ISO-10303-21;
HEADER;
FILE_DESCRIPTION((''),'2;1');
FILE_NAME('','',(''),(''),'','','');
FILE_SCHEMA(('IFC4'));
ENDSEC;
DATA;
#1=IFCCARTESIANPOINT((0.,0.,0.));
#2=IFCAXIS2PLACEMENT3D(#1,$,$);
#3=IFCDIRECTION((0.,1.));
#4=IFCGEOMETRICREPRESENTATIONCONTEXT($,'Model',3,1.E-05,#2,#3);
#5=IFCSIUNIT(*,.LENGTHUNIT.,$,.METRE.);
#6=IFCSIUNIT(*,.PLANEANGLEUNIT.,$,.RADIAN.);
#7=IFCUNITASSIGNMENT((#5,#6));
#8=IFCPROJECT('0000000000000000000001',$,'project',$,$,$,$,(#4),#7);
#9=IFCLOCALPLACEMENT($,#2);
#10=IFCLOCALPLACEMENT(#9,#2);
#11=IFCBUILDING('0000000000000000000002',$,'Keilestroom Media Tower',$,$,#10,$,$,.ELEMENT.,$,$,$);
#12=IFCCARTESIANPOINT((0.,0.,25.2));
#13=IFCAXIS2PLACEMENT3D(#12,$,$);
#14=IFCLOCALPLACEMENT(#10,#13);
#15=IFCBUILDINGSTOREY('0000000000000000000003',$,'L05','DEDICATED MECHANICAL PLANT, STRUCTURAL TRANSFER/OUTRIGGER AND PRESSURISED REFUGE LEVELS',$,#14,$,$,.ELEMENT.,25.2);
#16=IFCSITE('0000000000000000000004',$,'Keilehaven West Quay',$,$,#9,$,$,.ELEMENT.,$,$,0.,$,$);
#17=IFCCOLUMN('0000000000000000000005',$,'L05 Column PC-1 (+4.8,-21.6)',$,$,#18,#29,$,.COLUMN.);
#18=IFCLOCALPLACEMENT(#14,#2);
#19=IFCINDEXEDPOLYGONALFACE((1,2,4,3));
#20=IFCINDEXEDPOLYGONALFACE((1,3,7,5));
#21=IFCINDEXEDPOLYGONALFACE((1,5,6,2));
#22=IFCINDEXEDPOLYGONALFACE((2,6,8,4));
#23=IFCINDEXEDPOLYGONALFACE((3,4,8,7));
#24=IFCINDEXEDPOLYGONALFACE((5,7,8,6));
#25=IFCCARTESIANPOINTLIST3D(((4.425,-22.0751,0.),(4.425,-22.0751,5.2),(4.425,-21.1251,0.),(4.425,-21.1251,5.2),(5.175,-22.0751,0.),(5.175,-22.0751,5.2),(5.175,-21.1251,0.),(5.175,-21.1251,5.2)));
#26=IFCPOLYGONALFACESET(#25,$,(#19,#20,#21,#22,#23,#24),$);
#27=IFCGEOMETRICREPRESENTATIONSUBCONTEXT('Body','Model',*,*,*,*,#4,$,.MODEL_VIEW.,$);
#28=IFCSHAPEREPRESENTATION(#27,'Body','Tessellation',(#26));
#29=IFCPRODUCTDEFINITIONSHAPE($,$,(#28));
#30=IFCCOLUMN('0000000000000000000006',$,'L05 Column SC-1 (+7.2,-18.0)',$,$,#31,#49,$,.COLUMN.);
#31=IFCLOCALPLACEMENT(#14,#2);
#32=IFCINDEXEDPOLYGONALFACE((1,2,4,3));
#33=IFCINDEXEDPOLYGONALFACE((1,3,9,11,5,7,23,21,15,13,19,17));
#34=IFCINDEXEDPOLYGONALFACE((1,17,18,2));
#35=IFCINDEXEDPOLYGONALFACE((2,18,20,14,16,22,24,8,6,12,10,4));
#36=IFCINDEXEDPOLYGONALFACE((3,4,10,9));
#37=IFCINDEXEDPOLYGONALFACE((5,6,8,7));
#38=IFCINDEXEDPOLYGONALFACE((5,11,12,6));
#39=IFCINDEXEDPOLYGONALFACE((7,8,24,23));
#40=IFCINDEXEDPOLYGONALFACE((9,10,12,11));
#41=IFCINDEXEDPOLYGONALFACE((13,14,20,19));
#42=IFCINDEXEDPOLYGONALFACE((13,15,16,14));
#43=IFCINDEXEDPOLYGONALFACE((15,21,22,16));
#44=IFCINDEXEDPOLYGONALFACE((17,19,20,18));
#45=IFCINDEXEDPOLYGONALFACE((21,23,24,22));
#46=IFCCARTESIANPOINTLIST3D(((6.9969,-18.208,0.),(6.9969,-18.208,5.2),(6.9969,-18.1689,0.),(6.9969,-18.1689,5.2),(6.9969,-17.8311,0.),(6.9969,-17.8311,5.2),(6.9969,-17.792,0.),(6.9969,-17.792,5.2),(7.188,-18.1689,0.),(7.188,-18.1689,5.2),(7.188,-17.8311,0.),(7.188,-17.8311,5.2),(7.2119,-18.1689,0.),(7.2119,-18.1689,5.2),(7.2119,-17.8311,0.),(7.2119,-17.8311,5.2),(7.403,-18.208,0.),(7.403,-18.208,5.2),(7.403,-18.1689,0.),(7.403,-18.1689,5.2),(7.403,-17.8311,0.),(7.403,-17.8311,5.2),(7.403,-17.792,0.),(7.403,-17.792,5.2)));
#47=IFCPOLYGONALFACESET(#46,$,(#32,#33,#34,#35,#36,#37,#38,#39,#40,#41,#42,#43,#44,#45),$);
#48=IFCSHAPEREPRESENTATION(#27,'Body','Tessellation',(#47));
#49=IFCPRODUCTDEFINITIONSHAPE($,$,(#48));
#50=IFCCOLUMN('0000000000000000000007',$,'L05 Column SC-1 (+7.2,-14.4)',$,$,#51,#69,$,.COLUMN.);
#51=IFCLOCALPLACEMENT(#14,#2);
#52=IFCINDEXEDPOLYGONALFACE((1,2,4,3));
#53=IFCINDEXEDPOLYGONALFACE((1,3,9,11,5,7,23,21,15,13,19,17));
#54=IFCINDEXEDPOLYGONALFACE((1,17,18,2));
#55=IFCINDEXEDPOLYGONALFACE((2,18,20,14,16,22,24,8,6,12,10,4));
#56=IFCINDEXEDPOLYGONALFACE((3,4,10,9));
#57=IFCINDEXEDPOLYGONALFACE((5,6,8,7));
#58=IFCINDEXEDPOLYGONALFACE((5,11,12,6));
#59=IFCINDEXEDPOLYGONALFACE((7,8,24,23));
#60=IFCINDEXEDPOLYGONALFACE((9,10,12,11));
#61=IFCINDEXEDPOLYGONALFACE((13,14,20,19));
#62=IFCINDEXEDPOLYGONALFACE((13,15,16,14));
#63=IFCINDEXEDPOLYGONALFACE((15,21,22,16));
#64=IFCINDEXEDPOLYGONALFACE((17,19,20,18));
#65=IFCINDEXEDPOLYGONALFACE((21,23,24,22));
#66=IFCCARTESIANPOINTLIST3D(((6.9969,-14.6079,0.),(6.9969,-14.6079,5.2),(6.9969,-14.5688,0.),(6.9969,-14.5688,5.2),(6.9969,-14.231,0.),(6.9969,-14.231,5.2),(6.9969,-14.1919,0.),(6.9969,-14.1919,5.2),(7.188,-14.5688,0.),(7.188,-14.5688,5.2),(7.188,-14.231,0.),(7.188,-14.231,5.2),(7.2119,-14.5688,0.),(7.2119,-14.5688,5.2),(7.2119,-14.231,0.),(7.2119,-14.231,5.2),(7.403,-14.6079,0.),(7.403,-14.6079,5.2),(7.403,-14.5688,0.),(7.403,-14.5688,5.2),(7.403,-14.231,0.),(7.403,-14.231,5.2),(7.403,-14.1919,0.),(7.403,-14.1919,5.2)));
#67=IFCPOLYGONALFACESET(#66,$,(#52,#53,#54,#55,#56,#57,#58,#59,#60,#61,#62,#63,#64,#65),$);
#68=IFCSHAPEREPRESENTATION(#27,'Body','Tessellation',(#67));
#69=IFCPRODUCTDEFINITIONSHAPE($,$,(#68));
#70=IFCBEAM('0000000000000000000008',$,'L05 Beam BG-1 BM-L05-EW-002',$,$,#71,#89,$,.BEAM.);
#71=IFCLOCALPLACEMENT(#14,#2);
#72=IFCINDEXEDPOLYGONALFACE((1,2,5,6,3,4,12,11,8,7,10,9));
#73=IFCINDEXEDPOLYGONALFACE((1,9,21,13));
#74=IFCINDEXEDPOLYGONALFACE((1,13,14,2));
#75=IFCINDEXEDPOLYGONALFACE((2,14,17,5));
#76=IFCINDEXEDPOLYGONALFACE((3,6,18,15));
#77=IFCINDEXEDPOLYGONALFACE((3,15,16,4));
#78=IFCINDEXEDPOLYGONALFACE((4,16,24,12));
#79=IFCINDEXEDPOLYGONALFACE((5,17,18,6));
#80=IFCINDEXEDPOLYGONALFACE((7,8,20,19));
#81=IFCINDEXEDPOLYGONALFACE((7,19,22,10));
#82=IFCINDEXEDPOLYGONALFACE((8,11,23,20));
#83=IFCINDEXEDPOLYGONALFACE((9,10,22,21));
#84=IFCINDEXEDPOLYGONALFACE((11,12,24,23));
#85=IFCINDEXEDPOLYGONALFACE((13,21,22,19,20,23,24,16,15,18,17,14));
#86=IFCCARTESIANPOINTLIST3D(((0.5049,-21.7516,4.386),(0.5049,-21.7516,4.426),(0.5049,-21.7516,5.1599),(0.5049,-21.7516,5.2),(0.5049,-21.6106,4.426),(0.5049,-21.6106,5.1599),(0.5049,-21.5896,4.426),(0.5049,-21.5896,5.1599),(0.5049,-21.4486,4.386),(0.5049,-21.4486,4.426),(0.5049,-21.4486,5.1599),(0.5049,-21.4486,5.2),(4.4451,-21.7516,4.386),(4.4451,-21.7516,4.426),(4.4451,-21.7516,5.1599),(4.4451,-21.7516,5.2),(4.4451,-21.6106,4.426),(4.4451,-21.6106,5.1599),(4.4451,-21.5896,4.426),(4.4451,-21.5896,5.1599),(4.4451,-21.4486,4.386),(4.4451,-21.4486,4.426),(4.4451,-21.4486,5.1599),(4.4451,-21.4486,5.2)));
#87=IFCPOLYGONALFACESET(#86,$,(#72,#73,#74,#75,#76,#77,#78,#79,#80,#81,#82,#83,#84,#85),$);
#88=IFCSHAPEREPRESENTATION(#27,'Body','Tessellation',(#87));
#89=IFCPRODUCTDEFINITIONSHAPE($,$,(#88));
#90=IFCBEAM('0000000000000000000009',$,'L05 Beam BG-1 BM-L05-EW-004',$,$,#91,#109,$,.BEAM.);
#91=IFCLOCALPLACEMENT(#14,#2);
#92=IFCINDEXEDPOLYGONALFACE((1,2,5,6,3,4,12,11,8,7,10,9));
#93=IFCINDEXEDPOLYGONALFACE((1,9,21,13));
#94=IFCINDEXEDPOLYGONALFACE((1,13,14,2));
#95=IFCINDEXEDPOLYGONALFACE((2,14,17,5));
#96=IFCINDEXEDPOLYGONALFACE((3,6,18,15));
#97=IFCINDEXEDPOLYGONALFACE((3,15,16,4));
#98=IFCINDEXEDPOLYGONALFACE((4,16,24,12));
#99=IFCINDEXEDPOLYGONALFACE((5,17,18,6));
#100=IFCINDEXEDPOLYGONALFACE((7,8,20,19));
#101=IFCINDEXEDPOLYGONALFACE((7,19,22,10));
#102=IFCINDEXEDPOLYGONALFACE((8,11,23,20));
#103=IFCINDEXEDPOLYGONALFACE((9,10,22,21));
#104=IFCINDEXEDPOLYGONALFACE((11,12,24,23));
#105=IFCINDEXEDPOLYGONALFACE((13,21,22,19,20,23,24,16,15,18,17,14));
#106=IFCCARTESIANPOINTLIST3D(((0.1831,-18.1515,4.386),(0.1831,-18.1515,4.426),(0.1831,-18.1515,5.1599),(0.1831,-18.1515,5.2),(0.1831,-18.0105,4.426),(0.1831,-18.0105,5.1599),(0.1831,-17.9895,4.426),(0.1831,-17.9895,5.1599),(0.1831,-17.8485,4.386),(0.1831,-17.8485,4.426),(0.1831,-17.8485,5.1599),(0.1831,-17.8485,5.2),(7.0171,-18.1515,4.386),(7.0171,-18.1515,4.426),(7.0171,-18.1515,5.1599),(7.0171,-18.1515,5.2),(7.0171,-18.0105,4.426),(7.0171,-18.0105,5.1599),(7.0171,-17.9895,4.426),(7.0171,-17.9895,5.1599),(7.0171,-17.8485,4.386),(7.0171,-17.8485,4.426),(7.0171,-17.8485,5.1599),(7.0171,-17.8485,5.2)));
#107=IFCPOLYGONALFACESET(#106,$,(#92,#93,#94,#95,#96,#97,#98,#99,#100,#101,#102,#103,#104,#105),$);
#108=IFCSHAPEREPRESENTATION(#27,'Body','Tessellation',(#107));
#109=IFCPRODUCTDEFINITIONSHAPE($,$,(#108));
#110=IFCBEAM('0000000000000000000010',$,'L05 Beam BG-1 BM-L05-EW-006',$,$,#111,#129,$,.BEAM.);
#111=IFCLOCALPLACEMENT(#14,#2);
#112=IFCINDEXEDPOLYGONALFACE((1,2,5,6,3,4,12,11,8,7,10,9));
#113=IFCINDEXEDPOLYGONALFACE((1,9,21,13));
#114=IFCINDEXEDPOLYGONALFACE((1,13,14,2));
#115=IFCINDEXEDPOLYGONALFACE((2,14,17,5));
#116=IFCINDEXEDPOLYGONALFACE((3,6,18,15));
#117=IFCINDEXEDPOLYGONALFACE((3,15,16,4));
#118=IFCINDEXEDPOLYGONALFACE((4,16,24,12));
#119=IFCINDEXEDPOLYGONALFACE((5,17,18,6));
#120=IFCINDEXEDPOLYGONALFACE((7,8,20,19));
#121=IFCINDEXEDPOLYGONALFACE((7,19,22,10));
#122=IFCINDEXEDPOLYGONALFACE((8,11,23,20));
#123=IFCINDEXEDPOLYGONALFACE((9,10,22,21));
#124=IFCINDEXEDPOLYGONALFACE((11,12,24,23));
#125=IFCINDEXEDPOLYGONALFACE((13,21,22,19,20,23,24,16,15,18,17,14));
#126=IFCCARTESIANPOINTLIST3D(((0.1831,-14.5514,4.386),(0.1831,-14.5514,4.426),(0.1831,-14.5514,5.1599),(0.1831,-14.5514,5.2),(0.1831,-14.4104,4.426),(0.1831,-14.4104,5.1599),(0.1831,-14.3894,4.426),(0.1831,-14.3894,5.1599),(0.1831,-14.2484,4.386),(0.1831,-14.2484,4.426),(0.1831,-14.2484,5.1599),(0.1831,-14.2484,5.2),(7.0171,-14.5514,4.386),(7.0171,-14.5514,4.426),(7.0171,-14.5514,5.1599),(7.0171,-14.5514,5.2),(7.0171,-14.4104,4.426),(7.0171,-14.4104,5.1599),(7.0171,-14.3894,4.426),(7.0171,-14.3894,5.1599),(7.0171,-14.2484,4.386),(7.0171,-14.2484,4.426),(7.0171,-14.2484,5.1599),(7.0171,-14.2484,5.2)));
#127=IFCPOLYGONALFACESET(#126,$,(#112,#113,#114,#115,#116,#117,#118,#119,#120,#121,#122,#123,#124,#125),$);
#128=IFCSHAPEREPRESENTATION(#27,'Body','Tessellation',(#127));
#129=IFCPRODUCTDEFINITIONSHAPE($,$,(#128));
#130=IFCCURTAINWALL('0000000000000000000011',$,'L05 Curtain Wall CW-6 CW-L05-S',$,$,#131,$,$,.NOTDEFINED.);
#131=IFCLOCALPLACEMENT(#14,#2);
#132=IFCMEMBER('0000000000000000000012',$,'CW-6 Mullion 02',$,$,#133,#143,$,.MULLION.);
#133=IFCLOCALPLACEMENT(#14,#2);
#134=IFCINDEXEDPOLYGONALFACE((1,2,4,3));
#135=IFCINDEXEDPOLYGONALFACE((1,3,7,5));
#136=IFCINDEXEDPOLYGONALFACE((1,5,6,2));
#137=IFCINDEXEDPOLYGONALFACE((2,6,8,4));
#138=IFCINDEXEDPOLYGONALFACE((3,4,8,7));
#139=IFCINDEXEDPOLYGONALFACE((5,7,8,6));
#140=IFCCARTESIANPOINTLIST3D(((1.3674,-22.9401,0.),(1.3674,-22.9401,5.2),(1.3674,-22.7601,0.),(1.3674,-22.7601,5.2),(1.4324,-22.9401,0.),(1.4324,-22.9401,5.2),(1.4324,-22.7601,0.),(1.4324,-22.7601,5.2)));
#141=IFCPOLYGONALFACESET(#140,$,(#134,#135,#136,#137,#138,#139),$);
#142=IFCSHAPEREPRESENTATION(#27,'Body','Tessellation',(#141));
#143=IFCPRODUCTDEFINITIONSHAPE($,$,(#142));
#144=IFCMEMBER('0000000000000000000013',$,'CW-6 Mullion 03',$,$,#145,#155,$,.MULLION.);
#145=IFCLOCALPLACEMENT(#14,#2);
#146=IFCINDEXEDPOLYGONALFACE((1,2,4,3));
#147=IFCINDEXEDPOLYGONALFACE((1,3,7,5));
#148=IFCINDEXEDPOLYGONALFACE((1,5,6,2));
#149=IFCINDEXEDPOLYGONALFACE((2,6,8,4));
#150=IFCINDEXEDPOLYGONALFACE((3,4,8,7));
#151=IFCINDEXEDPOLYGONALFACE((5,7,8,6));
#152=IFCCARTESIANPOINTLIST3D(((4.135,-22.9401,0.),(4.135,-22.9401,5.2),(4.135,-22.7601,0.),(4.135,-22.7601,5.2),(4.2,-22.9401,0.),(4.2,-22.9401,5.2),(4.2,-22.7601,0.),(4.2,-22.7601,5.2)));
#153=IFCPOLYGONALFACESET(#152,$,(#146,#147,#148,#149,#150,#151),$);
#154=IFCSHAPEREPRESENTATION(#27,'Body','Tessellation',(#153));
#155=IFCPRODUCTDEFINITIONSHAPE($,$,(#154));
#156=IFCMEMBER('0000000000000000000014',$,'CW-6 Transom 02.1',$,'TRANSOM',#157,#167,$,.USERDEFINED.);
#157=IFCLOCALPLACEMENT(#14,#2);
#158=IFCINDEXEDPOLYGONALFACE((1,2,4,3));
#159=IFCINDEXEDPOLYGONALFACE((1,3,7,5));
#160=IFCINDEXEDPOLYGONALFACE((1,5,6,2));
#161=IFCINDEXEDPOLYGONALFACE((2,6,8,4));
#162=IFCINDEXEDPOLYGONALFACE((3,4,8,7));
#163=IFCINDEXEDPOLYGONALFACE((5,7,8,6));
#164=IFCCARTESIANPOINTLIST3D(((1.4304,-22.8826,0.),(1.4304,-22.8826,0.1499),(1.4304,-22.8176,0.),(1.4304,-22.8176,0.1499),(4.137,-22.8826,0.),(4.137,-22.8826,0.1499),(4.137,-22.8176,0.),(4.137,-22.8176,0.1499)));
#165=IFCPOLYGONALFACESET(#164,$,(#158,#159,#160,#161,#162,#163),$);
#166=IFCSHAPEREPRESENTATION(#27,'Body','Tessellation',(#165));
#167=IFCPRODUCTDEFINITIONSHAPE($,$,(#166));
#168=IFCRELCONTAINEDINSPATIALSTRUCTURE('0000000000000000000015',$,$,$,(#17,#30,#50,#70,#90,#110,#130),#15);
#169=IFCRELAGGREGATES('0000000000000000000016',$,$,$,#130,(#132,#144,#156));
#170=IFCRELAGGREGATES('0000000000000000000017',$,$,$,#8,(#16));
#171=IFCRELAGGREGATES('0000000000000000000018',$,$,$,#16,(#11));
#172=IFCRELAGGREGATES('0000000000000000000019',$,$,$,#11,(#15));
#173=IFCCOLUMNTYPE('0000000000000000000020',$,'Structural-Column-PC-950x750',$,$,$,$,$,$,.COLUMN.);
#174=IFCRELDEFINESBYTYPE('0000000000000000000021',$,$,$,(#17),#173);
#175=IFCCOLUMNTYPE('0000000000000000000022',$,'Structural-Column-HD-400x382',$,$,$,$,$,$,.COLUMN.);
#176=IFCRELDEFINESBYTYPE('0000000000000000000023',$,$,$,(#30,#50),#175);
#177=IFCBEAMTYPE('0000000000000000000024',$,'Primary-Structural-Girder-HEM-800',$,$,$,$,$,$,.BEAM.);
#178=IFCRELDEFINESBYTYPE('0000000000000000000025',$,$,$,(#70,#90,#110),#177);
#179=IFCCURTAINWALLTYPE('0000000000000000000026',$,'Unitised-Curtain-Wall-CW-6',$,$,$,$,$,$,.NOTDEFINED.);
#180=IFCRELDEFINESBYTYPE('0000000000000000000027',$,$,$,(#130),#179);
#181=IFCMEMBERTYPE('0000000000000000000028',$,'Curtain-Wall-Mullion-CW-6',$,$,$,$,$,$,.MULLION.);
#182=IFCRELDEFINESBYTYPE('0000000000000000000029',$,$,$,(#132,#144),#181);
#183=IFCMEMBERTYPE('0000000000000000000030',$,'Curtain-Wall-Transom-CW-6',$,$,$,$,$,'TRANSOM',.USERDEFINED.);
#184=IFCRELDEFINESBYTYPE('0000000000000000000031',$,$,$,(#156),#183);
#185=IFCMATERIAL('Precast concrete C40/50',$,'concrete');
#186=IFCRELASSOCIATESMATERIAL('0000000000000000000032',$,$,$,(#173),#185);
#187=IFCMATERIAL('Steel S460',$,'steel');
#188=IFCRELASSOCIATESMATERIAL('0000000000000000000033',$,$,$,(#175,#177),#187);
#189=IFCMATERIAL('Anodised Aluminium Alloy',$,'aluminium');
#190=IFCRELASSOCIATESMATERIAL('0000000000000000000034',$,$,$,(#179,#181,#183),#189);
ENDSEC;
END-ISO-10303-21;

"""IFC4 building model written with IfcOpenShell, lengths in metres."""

from ifc_helpers import new_model, si_unit, direction, frame, origin, origin_2d, place, context, subcontext, project, spatial, rectangle, i_section, extrude, source, transform, mapped, material, material_profile, profile_set, type_object, element, aggregate, save


model = new_model("IFC4")

# Units and contexts
model_context = context("Model", 3, precision=1e-05, world=origin(), true_north=direction((0.0, 1.0)))
body_context = subcontext(model_context, "Body", "Model", "MODEL_VIEW")
ifc_project = project(units=[si_unit("LENGTHUNIT", "METRE"), si_unit("PLANEANGLEUNIT", "RADIAN")], contexts=[model_context])

# Site, building, storey
site_placement = place(None, origin())
site = spatial("IfcSite", under=ifc_project, at=site_placement, Name="Keilehaven West Quay", CompositionType="ELEMENT", RefElevation=0.0)
building_placement = place(site_placement, origin())
building = spatial("IfcBuilding", under=site, at=building_placement, Name="Keilestroom Media Tower", CompositionType="ELEMENT")
storey_placement = place(building_placement, frame((0.0, 0.0, 25.2)))
storey = spatial("IfcBuildingStorey", under=building, at=storey_placement, Name="L05", Description="DEDICATED MECHANICAL PLANT, STRUCTURAL TRANSFER/OUTRIGGER AND PRESSURISED REFUGE LEVELS", CompositionType="ELEMENT", Elevation=25.2)

# Columns
ifc_material_1 = material(Name="Precast concrete C40/50", Category="concrete")
ifc_material_profile_1 = material_profile(ifc_material_1, rectangle(XDim=0.75, YDim=0.95, at=origin_2d()), Name="PC 950x750")
ifc_profile_set_1 = profile_set([ifc_material_profile_1], Name="Precast concrete C40/50")
column_type_1 = type_object("IfcColumnType", Name="Structural-Column-PC-950x750", PredefinedType="COLUMN", material=ifc_profile_set_1)
shared_shape_1 = source(origin(), body_context, "Body", "SweptSolid", [
    extrude(rectangle(XDim=0.75, YDim=0.95, at=origin_2d()), origin(), (0.0, 0.0, 1.0), 5.2),
])
column_placement = place(storey_placement, frame((4.8, -21.6001, 0.0), z_axis=(0.0, 0.0, 1.0), x_axis=(1.0, 0.0, 0.0)))
element("IfcColumn", 1, at=column_placement, inside=storey, type_object=column_type_1, Name="L05 Column PC-1 (+4.8,-21.6)", PredefinedType="COLUMN", context=body_context, shape_type="MappedRepresentation", body=[
    mapped(shared_shape_1, transform((0.0, 0.0, 0.0), x_axis=(1.0, 0.0, 0.0), y_axis=(0.0, 1.0, 0.0), z_axis=(0.0, 0.0, 1.0), scale=1.0)),
])
ifc_material_2 = material(Name="Steel S460", Category="steel")
ifc_material_profile_2 = material_profile(ifc_material_2, i_section(OverallWidth=0.406, OverallDepth=0.416, WebThickness=0.0239, FlangeThickness=0.0391, at=origin_2d()), Name="HD 400x382")
ifc_profile_set_2 = profile_set([ifc_material_profile_2], Name="Steel S460")
column_type_2 = type_object("IfcColumnType", Name="Structural-Column-HD-400x382", PredefinedType="COLUMN", material=ifc_profile_set_2)
shared_shape_2 = source(origin(), body_context, "Body", "SweptSolid", [
    extrude(i_section(OverallWidth=0.406, OverallDepth=0.416, WebThickness=0.0239, FlangeThickness=0.0391, at=origin_2d()), origin(), (0.0, 0.0, 1.0), 5.2),
])
for number, where, z_axis, x_axis, name in (
    (2, (7.2, -18.0, 0.0), (0.0, 0.0, 1.0), (1.0, 0.0, 0.0), "L05 Column SC-1 (+7.2,-18.0)"),
    (3, (7.2, -14.3999, 0.0), (0.0, 0.0, 1.0), (1.0, 0.0, 0.0), "L05 Column SC-1 (+7.2,-14.4)"),
):
    element("IfcColumn", number, at=place(storey_placement, frame(where, z_axis=z_axis, x_axis=x_axis)), inside=storey, type_object=column_type_2, Name=name, PredefinedType="COLUMN", context=body_context, shape_type="MappedRepresentation", body=[
        mapped(shared_shape_2, transform((0.0, 0.0, 0.0), x_axis=(1.0, 0.0, 0.0), y_axis=(0.0, 1.0, 0.0), z_axis=(0.0, 0.0, 1.0), scale=1.0)),
    ])

# Beams
ifc_material_profile_3 = material_profile(ifc_material_2, i_section(OverallWidth=0.303, OverallDepth=0.814, WebThickness=0.021, FlangeThickness=0.04, at=origin_2d()), Name="HEM 800")
ifc_profile_set_3 = profile_set([ifc_material_profile_3], Name="Steel S460")
beam_type = type_object("IfcBeamType", Name="Primary-Structural-Girder-HEM-800", PredefinedType="BEAM", material=ifc_profile_set_3)
shared_shape_3 = source(origin(), body_context, "Body", "SweptSolid", [
    extrude(i_section(OverallWidth=0.303, OverallDepth=0.814, WebThickness=0.021, FlangeThickness=0.04, at=origin_2d()), origin(), (0.0, 0.0, 1.0), 3.9402),
])
beam_placement = place(storey_placement, frame((0.5049, -21.6001, 4.793), z_axis=(1.0, 0.0, 0.0), x_axis=(0.0, 1.0, 0.0)))
element("IfcBeam", 4, at=beam_placement, inside=storey, type_object=beam_type, Name="L05 Beam BG-1 BM-L05-EW-002", PredefinedType="BEAM", context=body_context, shape_type="MappedRepresentation", body=[
    mapped(shared_shape_3, transform((0.0, 0.0, 0.0), x_axis=(1.0, 0.0, 0.0), y_axis=(0.0, 1.0, 0.0), z_axis=(0.0, 0.0, 1.0), scale=1.0)),
])
shared_shape_4 = source(origin(), body_context, "Body", "SweptSolid", [
    extrude(i_section(OverallWidth=0.303, OverallDepth=0.814, WebThickness=0.021, FlangeThickness=0.04, at=origin_2d()), origin(), (0.0, 0.0, 1.0), 6.834),
])
for number, where, z_axis, x_axis, name in (
    (5, (0.1831, -18.0, 4.793), (1.0, 0.0, 0.0), (0.0, 1.0, 0.0), "L05 Beam BG-1 BM-L05-EW-004"),
    (6, (0.1831, -14.3999, 4.793), (1.0, 0.0, 0.0), (0.0, 1.0, 0.0), "L05 Beam BG-1 BM-L05-EW-006"),
):
    element("IfcBeam", number, at=place(storey_placement, frame(where, z_axis=z_axis, x_axis=x_axis)), inside=storey, type_object=beam_type, Name=name, PredefinedType="BEAM", context=body_context, shape_type="MappedRepresentation", body=[
        mapped(shared_shape_4, transform((0.0, 0.0, 0.0), x_axis=(1.0, 0.0, 0.0), y_axis=(0.0, 1.0, 0.0), z_axis=(0.0, 0.0, 1.0), scale=1.0)),
    ])

# Curtain wall, members
ifc_material_3 = material(Name="Anodised Aluminium Alloy", Category="aluminium")
curtain_wall_type = type_object("IfcCurtainWallType", Name="Unitised-Curtain-Wall-CW-6", PredefinedType="NOTDEFINED", material=ifc_material_3)
curtain_wall_placement = place(storey_placement, origin())
curtain_wall = element("IfcCurtainWall", 7, at=curtain_wall_placement, inside=storey, type_object=curtain_wall_type, Name="L05 Curtain Wall CW-6 CW-L05-S", PredefinedType="NOTDEFINED")
ifc_material_profile_4 = material_profile(ifc_material_3, rectangle(XDim=0.0649, YDim=0.1799, at=origin_2d()), Name="ALU MULLION 65x180")
ifc_profile_set_4 = profile_set([ifc_material_profile_4], Name="Anodised Aluminium Alloy")
member_type_1 = type_object("IfcMemberType", Name="Curtain-Wall-Mullion-CW-6", PredefinedType="MULLION", material=ifc_profile_set_4)
shared_shape_5 = source(origin(), body_context, "Body", "SweptSolid", [
    extrude(rectangle(XDim=0.0649, YDim=0.1799, at=origin_2d()), origin(), (0.0, 0.0, 1.0), 5.2),
])
member_1_placement = place(storey_placement, frame((1.3999, -22.8501, 0.0), z_axis=(0.0, 0.0, 1.0), x_axis=(1.0, 0.0, 0.0)))
member_1 = element("IfcMember", 8, at=member_1_placement, type_object=member_type_1, Name="CW-6 Mullion 02", PredefinedType="MULLION", context=body_context, shape_type="MappedRepresentation", body=[
    mapped(shared_shape_5, transform((0.0, 0.0, 0.0), x_axis=(1.0, 0.0, 0.0), y_axis=(0.0, 1.0, 0.0), z_axis=(0.0, 0.0, 1.0), scale=1.0)),
])
member_2_placement = place(storey_placement, frame((4.1675, -22.8501, 0.0), z_axis=(0.0, 0.0, 1.0), x_axis=(1.0, 0.0, 0.0)))
member_2 = element("IfcMember", 9, at=member_2_placement, type_object=member_type_1, Name="CW-6 Mullion 03", PredefinedType="MULLION", context=body_context, shape_type="MappedRepresentation", body=[
    mapped(shared_shape_5, transform((0.0, 0.0, 0.0), x_axis=(1.0, 0.0, 0.0), y_axis=(0.0, 1.0, 0.0), z_axis=(0.0, 0.0, 1.0), scale=1.0)),
])
ifc_material_profile_5 = material_profile(ifc_material_3, rectangle(XDim=0.0649, YDim=0.1499, at=origin_2d()), Name="ALU TRANSOM 65x150")
ifc_profile_set_5 = profile_set([ifc_material_profile_5], Name="Anodised Aluminium Alloy")
member_type_2 = type_object("IfcMemberType", Name="Curtain-Wall-Transom-CW-6", ElementType="TRANSOM", PredefinedType="USERDEFINED", material=ifc_profile_set_5)
shared_shape_6 = source(origin(), body_context, "Body", "SweptSolid", [
    extrude(rectangle(XDim=0.0649, YDim=0.1499, at=origin_2d()), origin(), (0.0, 0.0, 1.0), 2.7065),
])
member_3_placement = place(storey_placement, frame((1.4304, -22.8501, 0.075), z_axis=(1.0, 0.0, 0.0), x_axis=(0.0, 1.0, 0.0)))
member_3 = element("IfcMember", 10, at=member_3_placement, type_object=member_type_2, Name="CW-6 Transom 02.1", ObjectType="TRANSOM", PredefinedType="USERDEFINED", context=body_context, shape_type="MappedRepresentation", body=[
    mapped(shared_shape_6, transform((0.0, 0.0, 0.0), x_axis=(1.0, 0.0, 0.0), y_axis=(0.0, 1.0, 0.0), z_axis=(0.0, 0.0, 1.0), scale=1.0)),
])
aggregate(curtain_wall, [member_1, member_2, member_3])

save(model, "model.ifc")
